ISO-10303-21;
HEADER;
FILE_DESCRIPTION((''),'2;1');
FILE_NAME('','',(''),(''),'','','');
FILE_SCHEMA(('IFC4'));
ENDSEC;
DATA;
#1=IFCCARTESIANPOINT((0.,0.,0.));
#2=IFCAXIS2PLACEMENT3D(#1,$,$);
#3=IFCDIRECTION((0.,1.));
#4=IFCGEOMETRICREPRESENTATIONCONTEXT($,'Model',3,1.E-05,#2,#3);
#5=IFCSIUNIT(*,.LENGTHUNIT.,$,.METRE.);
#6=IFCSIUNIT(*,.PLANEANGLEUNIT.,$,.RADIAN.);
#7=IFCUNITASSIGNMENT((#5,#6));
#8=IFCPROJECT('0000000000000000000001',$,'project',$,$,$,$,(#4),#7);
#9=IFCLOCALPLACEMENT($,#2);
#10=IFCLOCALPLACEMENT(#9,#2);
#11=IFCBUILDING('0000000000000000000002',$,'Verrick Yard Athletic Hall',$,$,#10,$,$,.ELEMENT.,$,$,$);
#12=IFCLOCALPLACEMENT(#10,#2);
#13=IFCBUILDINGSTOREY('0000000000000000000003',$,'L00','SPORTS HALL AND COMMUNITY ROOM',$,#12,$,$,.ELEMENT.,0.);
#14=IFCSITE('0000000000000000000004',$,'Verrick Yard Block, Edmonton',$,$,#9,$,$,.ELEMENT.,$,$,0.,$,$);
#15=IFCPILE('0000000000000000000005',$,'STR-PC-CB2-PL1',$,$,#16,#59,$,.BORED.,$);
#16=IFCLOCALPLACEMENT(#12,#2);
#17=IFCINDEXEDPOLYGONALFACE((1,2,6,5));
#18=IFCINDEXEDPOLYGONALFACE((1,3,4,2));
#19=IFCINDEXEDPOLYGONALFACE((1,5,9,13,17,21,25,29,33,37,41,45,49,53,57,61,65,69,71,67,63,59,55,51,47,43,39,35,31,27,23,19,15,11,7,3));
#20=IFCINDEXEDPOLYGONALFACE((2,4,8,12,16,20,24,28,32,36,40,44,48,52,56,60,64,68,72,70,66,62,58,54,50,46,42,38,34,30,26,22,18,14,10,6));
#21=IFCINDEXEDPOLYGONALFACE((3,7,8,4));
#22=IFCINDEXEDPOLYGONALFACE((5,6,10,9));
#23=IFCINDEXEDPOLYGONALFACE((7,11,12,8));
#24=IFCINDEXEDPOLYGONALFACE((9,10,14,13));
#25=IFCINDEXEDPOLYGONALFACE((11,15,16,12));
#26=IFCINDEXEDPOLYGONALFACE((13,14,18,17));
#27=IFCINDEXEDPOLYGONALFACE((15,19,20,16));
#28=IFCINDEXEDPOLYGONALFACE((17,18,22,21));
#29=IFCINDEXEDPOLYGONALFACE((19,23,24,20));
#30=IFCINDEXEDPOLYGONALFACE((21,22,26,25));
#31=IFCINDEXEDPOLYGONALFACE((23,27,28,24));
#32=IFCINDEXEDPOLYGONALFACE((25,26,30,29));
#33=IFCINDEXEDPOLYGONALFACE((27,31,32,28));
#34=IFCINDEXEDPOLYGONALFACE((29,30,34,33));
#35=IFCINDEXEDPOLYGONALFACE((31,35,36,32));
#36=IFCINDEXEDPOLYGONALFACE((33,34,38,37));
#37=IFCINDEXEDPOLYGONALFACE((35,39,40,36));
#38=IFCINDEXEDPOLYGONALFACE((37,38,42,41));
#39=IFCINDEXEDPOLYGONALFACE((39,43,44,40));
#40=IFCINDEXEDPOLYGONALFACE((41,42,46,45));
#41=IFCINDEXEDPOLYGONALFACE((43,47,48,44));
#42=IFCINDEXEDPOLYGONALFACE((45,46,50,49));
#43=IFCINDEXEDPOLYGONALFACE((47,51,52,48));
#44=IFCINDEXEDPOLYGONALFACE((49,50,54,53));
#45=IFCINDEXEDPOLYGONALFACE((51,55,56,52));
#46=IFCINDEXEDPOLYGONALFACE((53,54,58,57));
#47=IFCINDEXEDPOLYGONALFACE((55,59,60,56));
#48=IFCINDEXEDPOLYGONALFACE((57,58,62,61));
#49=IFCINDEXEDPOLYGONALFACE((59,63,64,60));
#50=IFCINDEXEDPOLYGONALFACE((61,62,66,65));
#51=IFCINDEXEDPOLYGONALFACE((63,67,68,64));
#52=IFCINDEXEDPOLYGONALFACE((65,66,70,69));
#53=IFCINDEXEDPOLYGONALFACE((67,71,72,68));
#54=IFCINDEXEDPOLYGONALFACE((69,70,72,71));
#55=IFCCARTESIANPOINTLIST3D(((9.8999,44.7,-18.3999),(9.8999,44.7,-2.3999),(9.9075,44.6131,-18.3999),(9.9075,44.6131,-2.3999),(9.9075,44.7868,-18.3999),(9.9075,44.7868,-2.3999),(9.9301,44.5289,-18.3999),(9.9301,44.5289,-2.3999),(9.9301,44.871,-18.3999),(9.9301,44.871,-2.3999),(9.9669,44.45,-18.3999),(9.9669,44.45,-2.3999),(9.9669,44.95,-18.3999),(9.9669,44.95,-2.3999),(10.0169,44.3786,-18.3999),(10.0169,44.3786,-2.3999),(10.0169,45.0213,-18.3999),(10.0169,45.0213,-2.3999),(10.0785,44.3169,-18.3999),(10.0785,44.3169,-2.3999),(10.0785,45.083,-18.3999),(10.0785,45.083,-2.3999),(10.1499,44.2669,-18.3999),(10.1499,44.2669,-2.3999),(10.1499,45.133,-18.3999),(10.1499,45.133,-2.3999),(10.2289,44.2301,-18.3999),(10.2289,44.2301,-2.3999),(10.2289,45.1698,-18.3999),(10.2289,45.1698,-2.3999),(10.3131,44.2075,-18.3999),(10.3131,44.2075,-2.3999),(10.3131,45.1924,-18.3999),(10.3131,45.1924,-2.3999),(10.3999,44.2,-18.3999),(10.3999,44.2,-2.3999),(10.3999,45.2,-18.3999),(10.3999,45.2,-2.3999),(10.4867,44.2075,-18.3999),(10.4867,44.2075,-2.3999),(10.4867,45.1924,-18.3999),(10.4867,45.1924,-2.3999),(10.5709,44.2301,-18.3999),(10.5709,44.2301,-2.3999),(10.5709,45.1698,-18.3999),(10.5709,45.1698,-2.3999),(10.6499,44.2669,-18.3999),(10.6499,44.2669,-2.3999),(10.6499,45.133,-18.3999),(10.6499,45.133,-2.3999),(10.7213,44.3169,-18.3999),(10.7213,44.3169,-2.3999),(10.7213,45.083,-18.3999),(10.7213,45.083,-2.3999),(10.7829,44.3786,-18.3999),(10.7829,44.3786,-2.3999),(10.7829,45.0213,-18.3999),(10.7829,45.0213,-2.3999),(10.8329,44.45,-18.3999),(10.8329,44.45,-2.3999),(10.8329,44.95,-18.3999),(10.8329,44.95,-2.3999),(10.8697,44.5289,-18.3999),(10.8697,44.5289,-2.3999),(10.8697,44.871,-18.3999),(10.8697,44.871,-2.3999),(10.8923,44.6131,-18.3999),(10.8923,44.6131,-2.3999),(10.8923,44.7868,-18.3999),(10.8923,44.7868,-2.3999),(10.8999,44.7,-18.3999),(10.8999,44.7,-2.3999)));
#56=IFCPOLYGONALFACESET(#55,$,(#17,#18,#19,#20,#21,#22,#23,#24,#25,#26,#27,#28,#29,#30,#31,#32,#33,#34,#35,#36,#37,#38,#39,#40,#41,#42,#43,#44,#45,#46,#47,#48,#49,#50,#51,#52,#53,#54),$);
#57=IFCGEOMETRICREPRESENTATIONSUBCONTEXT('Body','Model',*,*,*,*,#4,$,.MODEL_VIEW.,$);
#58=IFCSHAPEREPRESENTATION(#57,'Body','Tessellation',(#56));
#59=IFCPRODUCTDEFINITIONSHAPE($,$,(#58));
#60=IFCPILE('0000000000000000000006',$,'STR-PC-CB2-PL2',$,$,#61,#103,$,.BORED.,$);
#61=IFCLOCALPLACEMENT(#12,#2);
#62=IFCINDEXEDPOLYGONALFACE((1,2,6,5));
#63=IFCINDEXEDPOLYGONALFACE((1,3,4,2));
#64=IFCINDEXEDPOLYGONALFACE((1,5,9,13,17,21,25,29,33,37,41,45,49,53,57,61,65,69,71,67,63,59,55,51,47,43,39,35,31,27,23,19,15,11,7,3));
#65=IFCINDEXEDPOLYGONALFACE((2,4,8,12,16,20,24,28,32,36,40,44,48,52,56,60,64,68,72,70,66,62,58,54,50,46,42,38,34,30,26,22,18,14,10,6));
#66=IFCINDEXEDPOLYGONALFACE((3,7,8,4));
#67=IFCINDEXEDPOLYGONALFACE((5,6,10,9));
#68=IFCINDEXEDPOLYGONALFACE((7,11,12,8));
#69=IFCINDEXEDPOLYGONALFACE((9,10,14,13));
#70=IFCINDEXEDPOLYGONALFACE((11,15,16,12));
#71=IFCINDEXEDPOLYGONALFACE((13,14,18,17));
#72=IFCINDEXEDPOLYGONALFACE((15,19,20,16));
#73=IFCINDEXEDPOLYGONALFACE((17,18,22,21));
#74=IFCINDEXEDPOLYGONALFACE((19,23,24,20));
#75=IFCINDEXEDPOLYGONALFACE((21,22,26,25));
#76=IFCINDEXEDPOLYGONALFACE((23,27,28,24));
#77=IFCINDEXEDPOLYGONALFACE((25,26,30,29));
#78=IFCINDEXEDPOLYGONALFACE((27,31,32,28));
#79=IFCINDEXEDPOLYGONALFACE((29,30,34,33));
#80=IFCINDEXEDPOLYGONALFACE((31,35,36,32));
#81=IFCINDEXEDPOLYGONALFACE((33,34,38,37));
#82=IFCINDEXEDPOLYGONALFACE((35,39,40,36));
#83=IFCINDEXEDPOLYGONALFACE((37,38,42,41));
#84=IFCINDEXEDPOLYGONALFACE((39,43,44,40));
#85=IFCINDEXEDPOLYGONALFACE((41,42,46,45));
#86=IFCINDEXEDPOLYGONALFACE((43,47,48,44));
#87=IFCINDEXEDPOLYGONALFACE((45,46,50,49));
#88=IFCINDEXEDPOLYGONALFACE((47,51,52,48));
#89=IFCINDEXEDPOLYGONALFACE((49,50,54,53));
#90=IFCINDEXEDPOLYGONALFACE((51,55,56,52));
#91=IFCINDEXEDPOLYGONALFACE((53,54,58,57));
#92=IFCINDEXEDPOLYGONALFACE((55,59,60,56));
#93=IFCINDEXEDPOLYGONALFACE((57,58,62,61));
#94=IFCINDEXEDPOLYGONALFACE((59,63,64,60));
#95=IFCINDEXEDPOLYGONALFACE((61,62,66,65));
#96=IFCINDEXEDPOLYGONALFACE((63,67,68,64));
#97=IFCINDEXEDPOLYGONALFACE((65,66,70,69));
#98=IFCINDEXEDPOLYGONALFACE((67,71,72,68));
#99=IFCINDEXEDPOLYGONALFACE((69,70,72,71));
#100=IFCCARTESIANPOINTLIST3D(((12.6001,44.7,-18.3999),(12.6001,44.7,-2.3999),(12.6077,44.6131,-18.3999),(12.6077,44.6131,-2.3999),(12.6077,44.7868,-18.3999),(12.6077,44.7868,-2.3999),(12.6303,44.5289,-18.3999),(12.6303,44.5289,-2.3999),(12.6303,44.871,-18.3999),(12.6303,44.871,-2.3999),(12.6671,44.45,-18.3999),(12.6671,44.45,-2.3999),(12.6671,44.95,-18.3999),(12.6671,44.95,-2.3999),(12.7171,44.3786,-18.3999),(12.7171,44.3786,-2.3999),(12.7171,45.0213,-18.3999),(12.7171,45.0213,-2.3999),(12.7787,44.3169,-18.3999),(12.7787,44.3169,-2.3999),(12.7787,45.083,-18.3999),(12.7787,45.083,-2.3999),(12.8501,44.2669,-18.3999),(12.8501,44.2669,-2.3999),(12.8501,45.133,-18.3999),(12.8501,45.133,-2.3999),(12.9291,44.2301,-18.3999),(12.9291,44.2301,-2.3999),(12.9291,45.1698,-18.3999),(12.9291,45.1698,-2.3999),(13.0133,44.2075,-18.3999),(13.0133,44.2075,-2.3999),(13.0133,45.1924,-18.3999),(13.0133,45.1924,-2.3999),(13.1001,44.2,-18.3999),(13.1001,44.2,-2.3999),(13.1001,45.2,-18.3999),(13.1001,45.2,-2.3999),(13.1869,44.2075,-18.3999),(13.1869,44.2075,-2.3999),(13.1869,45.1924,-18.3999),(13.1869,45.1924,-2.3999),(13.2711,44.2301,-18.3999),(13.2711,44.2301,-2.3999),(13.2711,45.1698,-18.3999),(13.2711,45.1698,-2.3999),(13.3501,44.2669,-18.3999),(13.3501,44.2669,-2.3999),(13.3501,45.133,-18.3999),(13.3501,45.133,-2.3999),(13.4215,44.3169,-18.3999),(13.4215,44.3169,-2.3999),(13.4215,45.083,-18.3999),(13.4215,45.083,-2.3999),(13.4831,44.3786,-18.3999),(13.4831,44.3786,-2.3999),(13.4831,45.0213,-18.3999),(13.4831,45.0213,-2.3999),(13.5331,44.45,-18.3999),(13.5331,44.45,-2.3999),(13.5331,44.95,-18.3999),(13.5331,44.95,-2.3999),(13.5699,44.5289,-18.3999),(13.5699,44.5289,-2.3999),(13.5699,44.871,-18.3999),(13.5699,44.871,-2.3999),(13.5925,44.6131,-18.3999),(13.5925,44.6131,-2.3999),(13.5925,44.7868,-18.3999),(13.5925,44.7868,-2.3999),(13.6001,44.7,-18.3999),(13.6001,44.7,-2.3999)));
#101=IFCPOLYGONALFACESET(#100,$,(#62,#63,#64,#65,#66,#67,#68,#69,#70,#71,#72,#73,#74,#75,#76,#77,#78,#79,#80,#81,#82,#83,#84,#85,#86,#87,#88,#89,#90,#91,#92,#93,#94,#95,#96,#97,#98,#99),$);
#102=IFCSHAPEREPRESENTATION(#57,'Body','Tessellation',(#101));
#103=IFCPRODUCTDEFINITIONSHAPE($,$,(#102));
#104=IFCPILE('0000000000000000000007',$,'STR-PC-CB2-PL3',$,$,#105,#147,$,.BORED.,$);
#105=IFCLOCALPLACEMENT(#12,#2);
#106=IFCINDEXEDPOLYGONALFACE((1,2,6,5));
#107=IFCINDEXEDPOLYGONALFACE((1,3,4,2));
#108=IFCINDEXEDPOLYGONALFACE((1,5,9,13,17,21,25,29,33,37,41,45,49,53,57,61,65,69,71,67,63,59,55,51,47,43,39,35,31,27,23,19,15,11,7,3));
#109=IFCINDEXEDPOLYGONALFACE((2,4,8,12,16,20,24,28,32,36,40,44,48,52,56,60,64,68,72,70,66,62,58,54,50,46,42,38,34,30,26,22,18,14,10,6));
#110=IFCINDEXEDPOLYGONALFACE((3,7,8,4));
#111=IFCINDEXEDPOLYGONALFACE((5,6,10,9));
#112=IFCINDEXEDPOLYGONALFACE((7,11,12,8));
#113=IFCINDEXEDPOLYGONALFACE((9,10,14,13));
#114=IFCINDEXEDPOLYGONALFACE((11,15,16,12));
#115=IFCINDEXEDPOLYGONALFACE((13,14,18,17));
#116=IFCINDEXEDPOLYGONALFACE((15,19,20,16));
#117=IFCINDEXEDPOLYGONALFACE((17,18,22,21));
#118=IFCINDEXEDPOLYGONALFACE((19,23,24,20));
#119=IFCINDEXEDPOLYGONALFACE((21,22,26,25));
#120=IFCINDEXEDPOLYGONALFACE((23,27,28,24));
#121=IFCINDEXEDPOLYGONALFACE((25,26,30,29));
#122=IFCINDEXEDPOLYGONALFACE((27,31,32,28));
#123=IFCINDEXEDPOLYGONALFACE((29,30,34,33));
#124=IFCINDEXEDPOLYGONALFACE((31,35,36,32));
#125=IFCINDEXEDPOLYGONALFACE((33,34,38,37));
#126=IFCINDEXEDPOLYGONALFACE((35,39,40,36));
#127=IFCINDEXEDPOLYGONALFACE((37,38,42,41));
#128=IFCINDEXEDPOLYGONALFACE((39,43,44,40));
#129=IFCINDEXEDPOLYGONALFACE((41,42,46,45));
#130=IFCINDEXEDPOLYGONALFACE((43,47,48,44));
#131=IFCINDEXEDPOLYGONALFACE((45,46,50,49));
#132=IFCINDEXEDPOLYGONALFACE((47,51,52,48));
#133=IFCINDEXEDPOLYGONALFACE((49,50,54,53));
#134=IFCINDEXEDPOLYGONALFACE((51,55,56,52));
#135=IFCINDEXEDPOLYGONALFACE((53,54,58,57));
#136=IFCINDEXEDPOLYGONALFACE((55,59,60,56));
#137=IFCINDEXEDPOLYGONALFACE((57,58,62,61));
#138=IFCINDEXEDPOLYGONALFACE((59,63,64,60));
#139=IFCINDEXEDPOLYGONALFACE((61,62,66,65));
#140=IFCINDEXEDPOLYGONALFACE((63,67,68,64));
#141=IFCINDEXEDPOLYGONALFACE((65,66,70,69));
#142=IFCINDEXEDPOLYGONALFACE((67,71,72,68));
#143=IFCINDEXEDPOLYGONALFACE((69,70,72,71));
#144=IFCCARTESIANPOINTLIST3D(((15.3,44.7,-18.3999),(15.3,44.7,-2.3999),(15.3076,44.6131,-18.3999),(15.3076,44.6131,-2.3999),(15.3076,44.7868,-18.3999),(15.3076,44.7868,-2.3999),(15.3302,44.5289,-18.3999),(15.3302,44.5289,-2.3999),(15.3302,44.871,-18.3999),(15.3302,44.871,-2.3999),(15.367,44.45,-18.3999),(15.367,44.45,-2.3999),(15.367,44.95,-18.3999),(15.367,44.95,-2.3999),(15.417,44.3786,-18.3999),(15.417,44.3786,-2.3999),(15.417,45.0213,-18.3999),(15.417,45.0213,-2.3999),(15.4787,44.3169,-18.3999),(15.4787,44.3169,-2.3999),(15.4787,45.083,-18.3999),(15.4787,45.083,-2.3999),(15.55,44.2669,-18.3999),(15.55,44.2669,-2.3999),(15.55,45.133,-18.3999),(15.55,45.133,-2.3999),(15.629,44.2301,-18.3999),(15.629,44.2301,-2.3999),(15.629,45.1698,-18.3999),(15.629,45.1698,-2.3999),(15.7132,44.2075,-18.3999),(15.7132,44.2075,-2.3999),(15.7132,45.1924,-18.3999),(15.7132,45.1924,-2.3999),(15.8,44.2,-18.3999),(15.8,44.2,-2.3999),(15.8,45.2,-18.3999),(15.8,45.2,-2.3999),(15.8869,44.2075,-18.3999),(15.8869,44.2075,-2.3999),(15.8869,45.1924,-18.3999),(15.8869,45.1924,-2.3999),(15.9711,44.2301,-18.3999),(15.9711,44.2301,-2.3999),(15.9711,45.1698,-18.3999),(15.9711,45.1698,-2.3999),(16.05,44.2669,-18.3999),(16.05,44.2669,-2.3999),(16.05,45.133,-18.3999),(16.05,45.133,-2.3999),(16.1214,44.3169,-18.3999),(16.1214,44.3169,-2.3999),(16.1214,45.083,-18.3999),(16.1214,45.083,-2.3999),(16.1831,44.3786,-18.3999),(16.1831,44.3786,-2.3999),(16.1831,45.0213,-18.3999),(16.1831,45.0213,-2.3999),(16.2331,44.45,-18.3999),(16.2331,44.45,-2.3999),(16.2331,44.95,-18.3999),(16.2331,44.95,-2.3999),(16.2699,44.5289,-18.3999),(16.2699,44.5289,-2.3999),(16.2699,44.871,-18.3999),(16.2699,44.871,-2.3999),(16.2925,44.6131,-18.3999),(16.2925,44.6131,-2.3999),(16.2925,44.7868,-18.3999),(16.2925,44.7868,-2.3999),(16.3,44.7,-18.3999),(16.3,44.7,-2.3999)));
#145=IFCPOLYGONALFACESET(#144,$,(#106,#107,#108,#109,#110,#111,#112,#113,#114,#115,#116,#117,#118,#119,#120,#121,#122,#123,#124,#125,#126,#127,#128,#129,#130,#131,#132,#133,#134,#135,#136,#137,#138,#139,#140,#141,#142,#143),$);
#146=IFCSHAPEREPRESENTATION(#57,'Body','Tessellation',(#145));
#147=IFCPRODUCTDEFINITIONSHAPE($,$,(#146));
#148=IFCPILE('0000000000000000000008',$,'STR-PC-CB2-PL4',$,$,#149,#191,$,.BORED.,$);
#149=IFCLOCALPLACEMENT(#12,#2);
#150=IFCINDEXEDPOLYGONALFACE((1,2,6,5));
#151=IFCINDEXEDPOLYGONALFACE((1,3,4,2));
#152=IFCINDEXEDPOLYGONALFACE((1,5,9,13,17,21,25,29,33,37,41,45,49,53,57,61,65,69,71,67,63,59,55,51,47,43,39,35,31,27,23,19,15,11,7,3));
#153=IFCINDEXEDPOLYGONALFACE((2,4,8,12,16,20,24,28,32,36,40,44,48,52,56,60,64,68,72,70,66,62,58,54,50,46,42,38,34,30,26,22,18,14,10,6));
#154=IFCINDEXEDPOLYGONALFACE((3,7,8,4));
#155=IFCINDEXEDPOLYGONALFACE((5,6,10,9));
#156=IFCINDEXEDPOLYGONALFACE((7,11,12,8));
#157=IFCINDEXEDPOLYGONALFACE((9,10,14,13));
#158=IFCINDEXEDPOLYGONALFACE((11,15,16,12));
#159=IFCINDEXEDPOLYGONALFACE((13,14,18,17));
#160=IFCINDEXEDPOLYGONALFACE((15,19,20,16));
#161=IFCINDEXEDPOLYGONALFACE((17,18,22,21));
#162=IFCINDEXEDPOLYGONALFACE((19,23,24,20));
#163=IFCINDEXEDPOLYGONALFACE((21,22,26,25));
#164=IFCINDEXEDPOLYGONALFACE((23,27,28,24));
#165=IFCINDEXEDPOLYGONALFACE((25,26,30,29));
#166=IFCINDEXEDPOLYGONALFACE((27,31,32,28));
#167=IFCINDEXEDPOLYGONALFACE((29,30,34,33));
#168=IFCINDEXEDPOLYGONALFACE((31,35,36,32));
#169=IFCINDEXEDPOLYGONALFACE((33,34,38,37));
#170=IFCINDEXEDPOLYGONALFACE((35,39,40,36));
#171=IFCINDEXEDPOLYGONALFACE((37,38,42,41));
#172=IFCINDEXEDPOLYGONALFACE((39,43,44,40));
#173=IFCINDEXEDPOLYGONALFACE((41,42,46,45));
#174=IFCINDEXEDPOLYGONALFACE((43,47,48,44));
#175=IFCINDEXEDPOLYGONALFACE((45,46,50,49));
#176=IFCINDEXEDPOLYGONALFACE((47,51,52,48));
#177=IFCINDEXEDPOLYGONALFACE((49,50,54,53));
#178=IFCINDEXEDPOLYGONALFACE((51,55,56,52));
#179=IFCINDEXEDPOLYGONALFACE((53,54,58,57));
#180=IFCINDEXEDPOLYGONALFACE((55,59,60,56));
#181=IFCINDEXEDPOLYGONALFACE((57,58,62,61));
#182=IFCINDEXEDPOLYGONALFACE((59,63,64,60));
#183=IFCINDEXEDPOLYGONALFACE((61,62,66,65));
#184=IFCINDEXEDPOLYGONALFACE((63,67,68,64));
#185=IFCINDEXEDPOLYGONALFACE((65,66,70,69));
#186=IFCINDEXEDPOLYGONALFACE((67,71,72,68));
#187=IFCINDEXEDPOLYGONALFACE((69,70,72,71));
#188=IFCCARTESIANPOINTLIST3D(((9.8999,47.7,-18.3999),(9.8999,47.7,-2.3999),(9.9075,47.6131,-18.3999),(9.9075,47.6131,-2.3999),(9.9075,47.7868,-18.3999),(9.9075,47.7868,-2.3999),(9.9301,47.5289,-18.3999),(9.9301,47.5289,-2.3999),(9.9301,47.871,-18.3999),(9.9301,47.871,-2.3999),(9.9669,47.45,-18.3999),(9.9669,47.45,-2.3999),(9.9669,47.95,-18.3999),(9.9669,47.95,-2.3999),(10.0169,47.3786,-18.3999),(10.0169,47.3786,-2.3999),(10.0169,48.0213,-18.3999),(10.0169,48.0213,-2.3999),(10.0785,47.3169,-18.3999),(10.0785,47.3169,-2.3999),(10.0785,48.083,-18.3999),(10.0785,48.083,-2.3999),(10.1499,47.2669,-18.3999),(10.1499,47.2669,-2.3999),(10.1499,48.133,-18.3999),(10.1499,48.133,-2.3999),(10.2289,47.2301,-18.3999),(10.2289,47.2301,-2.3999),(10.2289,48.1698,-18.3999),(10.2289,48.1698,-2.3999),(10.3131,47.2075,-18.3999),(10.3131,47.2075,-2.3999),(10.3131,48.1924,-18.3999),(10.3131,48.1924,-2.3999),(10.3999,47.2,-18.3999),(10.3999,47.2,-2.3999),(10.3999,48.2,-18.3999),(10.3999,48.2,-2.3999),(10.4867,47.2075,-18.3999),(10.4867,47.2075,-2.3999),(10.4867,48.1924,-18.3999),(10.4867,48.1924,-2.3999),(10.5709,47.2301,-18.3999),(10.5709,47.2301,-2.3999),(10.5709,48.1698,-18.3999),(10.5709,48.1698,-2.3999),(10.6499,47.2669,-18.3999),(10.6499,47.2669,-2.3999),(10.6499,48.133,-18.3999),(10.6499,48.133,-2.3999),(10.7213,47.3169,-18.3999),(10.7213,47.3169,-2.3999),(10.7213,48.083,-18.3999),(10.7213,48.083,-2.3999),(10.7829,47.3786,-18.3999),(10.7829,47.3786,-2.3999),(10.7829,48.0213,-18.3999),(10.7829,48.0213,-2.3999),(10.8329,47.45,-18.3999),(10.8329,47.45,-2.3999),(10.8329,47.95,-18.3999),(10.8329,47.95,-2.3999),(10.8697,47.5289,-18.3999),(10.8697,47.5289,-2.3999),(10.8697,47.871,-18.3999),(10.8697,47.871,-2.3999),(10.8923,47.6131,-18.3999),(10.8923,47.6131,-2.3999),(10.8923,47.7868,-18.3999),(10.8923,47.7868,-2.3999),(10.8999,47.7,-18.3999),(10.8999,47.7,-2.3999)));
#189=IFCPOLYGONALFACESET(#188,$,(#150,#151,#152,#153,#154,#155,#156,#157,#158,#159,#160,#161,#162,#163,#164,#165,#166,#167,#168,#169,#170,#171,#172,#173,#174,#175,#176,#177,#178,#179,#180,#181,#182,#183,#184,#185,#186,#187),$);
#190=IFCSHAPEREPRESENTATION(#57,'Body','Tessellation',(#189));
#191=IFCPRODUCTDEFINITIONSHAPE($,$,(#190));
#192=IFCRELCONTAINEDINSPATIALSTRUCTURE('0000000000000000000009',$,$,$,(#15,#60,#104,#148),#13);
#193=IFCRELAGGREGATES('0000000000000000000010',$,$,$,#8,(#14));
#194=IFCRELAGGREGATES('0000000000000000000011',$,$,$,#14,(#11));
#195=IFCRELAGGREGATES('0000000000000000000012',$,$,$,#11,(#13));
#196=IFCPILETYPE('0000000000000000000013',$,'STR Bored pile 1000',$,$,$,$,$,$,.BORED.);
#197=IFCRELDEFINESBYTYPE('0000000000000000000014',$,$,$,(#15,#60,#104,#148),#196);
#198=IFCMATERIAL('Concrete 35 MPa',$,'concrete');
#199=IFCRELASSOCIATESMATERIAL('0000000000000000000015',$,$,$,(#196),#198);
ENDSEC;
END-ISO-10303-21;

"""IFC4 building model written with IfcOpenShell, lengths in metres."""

from ifc_helpers import new_model, si_unit, direction, frame, origin, origin_2d, place, context, subcontext, project, spatial, circle, extrude, material, type_object, element, save


model = new_model("IFC4")

# Units and contexts
model_context = context("Model", 3, precision=1e-05, world=origin(), true_north=direction((0.0, 1.0)))
body_context = subcontext(model_context, "Body", "Model", "MODEL_VIEW")
ifc_project = project(units=[si_unit("LENGTHUNIT", "METRE"), si_unit("PLANEANGLEUNIT", "RADIAN")], contexts=[model_context])

# Site, building, storey
site_placement = place(None, origin())
site = spatial("IfcSite", under=ifc_project, at=site_placement, Name="Verrick Yard Block, Edmonton", CompositionType="ELEMENT", RefElevation=0.0)
building_placement = place(site_placement, origin())
building = spatial("IfcBuilding", under=site, at=building_placement, Name="Verrick Yard Athletic Hall", CompositionType="ELEMENT")
storey_placement = place(building_placement, origin())
storey = spatial("IfcBuildingStorey", under=building, at=storey_placement, Name="L00", Description="SPORTS HALL AND COMMUNITY ROOM", CompositionType="ELEMENT", Elevation=0.0)

# Piles
ifc_material_1 = material(Name="Concrete 35 MPa", Category="concrete")
pile_type = type_object("IfcPileType", Name="STR Bored pile 1000", PredefinedType="BORED", material=ifc_material_1)
for number, where, z_axis, x_axis, name in (
    (1, (10.3999, 44.7, -2.3999), (0.0, 0.0, -1.0), (1.0, 0.0, 0.0), "STR-PC-CB2-PL1"),
    (2, (13.1001, 44.7, -2.3999), (0.0, 0.0, -1.0), (1.0, 0.0, 0.0), "STR-PC-CB2-PL2"),
    (3, (15.8, 44.7, -2.3999), (0.0, 0.0, -1.0), (1.0, 0.0, 0.0), "STR-PC-CB2-PL3"),
    (4, (10.3999, 47.7, -2.3999), (0.0, 0.0, -1.0), (1.0, 0.0, 0.0), "STR-PC-CB2-PL4"),
):
    element("IfcPile", number, at=place(storey_placement, frame(where, z_axis=z_axis, x_axis=x_axis)), inside=storey, type_object=pile_type, Name=name, PredefinedType="BORED", context=body_context, shape_type="SweptSolid", body=[
        extrude(circle(Radius=0.5, at=origin_2d()), origin(), (0.0, 0.0, 1.0), 16.0),
    ])

save(model, "model.ifc")
